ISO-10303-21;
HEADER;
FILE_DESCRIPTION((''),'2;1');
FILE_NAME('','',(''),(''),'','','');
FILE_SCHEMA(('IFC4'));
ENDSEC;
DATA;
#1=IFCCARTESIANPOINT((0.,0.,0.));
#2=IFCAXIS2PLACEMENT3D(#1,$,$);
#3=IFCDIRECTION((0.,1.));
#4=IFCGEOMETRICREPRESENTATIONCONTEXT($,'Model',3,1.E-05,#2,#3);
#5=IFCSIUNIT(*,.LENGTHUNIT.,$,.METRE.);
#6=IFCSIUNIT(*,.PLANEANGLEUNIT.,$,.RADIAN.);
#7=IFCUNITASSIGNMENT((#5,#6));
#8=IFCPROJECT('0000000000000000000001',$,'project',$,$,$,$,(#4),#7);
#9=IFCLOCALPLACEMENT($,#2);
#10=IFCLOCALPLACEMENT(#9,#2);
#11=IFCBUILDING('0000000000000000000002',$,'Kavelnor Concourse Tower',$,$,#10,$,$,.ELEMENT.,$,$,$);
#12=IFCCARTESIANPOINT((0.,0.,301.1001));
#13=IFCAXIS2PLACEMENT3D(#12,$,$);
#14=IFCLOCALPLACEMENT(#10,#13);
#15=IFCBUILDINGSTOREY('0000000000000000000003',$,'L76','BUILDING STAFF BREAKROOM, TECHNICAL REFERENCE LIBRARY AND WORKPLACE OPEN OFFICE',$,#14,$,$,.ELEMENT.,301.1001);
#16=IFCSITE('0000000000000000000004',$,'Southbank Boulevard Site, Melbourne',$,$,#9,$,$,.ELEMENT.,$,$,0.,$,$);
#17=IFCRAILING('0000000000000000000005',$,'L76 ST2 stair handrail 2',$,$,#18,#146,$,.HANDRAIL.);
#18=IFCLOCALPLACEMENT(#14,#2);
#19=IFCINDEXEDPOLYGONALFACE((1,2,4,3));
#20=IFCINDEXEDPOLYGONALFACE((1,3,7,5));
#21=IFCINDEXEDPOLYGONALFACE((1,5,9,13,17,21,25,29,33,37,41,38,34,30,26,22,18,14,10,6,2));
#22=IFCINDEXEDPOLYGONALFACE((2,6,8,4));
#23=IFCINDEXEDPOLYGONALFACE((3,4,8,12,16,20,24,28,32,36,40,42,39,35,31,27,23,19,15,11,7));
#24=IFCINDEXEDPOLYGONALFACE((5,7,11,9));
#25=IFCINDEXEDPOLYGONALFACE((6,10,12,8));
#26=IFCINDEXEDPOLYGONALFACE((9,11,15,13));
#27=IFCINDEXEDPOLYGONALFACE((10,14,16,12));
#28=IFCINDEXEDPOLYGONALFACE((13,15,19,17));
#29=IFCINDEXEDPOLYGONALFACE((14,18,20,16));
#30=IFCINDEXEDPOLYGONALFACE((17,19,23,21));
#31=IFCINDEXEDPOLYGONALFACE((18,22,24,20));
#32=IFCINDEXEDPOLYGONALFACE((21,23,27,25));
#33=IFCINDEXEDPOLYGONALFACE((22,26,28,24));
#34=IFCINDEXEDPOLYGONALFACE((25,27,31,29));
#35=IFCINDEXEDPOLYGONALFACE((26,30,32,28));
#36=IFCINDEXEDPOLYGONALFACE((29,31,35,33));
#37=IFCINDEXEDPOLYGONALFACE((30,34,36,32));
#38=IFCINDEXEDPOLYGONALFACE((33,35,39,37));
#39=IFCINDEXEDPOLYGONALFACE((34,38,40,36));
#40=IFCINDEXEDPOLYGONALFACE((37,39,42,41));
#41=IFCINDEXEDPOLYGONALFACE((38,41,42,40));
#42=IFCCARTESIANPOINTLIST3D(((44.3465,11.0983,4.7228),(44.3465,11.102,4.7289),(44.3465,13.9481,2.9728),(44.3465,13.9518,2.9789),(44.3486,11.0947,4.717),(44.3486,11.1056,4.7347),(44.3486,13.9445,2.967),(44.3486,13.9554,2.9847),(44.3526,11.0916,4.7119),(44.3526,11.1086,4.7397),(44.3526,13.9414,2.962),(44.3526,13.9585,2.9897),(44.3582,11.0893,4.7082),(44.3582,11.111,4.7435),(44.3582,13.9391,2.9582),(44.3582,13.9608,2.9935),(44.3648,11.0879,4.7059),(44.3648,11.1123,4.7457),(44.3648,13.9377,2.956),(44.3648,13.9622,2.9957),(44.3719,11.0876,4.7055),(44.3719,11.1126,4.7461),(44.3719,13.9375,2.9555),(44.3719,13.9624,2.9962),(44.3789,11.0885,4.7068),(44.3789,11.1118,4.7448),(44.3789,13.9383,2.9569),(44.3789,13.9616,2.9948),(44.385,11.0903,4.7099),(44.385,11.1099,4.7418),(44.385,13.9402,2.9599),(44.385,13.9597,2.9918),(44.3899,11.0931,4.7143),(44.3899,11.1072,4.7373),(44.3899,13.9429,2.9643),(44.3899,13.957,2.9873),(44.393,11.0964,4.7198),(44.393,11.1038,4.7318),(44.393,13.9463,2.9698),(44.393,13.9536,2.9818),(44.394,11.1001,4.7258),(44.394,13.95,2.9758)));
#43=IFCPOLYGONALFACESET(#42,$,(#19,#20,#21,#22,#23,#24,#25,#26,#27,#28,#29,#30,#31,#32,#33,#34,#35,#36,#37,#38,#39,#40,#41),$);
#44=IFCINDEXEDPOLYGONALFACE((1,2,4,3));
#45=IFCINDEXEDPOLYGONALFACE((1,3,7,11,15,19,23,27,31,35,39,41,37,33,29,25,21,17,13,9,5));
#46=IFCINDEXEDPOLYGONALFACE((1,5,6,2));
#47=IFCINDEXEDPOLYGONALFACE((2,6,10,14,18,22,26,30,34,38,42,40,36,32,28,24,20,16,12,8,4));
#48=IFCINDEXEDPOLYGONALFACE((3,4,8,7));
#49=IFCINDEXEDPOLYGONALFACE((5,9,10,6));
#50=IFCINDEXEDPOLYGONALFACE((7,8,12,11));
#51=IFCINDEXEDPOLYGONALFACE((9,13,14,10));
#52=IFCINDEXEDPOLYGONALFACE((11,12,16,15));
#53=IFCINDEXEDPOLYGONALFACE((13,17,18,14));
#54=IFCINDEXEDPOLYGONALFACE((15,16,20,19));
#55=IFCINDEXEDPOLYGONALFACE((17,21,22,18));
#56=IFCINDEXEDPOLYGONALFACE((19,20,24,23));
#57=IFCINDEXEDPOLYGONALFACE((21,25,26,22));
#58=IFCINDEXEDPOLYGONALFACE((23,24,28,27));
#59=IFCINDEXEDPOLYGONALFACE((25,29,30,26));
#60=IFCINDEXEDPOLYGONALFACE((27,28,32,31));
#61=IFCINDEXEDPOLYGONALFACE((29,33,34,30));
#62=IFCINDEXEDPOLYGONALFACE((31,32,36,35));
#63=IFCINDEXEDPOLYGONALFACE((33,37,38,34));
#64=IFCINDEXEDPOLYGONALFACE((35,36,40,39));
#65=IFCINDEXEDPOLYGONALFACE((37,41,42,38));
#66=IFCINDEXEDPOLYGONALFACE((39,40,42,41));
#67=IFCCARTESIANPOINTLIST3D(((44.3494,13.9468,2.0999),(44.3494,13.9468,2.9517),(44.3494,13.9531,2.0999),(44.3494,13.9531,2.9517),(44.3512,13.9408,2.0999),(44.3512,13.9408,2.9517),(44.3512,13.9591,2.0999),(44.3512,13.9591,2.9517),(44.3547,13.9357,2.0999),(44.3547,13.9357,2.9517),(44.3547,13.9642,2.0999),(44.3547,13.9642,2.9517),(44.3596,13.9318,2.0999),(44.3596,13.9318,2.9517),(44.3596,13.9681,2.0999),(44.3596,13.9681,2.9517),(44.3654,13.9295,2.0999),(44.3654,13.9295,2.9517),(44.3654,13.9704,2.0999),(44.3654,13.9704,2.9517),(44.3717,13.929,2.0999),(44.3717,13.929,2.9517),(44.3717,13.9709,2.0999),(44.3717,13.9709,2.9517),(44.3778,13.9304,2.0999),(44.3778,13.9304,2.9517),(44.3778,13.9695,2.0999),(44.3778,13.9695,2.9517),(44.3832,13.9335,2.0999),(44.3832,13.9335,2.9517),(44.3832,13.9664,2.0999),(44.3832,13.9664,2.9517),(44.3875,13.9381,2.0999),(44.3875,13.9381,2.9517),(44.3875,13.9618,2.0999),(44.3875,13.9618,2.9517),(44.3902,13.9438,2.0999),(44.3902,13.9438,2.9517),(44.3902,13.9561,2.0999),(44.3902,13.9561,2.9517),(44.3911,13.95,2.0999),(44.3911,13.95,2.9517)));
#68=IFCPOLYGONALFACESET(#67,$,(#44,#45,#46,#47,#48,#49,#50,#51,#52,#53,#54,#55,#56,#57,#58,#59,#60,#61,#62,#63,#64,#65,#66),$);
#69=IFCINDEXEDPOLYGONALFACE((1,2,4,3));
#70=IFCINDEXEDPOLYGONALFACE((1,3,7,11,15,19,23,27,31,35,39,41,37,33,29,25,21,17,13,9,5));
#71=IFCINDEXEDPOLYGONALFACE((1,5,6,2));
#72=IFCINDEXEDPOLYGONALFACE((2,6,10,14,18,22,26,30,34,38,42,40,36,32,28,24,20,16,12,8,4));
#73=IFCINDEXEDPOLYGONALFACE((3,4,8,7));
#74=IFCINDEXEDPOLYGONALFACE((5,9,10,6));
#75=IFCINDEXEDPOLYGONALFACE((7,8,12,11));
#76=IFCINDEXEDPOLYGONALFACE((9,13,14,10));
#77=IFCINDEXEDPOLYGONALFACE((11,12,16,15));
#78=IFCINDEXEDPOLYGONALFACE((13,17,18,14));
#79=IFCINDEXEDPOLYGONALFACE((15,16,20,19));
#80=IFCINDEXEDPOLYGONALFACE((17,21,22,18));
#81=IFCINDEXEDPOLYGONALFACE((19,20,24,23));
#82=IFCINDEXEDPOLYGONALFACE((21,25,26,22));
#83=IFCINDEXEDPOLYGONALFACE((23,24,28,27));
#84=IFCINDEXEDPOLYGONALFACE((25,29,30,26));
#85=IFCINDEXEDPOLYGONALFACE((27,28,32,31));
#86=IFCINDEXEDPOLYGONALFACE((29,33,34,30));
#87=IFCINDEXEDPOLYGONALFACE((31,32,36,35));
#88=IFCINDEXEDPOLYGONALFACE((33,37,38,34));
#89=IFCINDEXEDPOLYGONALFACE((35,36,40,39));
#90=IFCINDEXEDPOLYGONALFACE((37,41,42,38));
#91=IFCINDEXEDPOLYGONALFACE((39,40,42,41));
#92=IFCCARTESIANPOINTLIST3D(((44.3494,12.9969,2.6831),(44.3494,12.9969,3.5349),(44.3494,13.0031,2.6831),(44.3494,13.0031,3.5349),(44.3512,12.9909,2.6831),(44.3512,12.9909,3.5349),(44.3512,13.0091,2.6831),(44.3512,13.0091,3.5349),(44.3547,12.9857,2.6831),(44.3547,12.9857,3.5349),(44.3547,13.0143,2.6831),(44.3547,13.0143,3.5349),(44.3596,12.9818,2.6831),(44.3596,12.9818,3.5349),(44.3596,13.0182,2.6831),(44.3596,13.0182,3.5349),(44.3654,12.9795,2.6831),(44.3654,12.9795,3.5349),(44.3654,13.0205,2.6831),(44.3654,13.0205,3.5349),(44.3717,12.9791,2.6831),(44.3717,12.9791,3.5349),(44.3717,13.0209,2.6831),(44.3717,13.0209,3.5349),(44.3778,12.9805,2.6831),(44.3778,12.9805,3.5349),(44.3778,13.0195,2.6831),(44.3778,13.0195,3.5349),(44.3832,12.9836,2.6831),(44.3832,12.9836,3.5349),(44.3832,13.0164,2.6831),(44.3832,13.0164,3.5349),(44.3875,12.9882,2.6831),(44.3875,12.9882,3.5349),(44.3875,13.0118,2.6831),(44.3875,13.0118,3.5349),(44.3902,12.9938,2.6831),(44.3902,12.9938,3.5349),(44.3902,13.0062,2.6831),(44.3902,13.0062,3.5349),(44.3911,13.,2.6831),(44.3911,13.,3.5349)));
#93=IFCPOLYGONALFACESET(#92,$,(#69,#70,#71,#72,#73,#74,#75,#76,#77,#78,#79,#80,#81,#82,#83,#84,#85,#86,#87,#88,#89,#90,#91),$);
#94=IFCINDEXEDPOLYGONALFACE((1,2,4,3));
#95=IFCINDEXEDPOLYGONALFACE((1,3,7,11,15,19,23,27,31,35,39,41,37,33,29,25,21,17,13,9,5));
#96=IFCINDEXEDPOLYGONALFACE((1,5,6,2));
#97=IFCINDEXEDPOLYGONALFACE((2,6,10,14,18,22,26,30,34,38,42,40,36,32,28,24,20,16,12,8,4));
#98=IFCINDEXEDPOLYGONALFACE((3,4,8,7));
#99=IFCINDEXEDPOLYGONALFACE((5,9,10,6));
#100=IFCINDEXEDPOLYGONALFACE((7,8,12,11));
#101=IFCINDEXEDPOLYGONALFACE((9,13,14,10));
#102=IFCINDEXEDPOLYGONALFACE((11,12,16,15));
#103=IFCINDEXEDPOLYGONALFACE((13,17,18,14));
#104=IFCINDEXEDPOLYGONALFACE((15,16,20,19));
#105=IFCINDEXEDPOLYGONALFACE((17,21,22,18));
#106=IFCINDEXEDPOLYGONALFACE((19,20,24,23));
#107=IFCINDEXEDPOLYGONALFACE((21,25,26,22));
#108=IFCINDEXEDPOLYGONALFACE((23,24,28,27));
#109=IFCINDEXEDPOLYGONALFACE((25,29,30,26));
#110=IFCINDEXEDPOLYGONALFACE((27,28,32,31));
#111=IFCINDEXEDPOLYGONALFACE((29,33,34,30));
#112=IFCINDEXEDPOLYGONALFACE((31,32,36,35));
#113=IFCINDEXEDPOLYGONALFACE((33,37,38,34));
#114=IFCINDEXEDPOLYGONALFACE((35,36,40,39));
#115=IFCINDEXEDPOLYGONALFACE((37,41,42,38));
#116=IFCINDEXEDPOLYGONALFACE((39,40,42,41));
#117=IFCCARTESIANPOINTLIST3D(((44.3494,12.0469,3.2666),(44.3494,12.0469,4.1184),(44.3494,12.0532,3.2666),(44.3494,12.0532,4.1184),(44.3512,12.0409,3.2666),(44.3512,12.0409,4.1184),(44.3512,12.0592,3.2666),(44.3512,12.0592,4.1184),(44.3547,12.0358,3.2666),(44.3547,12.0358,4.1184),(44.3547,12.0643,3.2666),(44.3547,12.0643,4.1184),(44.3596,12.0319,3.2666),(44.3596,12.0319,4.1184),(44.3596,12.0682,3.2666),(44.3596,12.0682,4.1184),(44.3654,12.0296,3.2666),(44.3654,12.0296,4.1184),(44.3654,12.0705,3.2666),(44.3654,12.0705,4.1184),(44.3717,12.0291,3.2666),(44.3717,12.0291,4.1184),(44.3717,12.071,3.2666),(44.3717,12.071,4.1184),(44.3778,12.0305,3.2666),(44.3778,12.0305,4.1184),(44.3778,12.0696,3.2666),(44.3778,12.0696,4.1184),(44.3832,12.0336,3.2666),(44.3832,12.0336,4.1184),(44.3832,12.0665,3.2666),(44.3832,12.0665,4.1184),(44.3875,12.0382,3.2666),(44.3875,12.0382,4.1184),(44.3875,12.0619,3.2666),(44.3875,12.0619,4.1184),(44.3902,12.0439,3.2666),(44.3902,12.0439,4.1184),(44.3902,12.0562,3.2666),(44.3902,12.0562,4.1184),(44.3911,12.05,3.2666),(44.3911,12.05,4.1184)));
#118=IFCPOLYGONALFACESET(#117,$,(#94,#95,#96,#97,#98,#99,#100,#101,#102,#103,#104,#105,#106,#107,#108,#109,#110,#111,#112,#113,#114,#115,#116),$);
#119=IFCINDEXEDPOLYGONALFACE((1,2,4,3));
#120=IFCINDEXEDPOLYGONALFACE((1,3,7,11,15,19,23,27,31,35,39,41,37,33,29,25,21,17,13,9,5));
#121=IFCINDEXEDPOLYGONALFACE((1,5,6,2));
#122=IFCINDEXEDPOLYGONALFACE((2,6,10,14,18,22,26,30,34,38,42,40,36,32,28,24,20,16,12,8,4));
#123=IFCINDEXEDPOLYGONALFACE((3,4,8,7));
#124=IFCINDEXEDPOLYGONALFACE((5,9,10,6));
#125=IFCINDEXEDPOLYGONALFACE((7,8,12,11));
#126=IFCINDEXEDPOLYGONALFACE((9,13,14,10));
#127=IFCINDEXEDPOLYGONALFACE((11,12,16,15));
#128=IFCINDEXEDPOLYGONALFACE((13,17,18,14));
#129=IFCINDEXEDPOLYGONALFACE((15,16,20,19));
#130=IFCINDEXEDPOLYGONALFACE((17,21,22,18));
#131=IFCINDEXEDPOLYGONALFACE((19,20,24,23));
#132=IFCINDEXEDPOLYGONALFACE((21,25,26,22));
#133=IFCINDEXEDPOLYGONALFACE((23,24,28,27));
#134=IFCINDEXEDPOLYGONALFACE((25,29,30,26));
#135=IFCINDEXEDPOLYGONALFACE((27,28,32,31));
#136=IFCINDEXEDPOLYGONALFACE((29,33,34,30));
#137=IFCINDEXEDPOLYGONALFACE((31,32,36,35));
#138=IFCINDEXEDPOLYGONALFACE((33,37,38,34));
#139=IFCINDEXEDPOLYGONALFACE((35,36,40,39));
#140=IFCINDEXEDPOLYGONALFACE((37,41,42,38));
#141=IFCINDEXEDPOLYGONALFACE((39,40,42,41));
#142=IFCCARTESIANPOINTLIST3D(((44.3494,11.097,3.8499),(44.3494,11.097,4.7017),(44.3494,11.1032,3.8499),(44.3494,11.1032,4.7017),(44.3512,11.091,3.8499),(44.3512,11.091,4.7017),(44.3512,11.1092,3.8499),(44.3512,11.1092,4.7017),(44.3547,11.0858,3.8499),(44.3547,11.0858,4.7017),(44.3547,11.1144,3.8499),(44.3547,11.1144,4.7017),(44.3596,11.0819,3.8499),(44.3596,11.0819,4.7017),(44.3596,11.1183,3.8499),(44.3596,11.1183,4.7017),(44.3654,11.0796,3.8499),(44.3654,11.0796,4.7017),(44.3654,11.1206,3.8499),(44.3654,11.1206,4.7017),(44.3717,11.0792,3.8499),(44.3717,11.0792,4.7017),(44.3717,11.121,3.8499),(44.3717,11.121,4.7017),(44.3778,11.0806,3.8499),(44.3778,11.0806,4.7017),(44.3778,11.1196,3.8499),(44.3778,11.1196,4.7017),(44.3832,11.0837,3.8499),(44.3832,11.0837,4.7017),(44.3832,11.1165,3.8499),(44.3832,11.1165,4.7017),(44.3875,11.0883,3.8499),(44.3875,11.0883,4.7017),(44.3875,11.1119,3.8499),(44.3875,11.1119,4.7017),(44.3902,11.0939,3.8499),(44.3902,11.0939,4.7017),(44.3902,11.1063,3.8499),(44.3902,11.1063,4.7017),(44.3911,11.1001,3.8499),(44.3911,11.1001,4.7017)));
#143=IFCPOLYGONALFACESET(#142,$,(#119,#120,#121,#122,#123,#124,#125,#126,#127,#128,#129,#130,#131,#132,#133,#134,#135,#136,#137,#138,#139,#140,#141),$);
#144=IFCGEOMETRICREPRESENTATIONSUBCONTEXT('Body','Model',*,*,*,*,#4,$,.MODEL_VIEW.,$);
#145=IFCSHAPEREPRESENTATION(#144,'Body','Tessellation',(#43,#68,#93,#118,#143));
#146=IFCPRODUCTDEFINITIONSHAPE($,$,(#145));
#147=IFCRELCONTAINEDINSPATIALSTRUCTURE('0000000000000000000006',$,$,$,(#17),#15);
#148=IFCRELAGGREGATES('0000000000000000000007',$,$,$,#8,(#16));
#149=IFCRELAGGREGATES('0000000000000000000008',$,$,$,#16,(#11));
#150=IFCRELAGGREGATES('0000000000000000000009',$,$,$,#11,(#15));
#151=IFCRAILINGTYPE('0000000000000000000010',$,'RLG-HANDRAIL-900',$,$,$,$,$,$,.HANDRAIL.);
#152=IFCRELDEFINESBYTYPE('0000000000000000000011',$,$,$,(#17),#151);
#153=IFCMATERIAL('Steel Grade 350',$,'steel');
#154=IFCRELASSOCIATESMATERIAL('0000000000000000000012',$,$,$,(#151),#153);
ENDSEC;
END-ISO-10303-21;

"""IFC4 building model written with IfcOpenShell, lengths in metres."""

from ifc_helpers import new_model, si_unit, direction, frame, origin, origin_2d, place, context, subcontext, project, spatial, circle, extrude, material, type_object, element, save


model = new_model("IFC4")

# Units and contexts
model_context = context("Model", 3, precision=1e-05, world=origin(), true_north=direction((0.0, 1.0)))
body_context = subcontext(model_context, "Body", "Model", "MODEL_VIEW")
ifc_project = project(units=[si_unit("LENGTHUNIT", "METRE"), si_unit("PLANEANGLEUNIT", "RADIAN")], contexts=[model_context])

# Site, building, storey
site_placement = place(None, origin())
site = spatial("IfcSite", under=ifc_project, at=site_placement, Name="Southbank Boulevard Site, Melbourne", CompositionType="ELEMENT", RefElevation=0.0)
building_placement = place(site_placement, origin())
building = spatial("IfcBuilding", under=site, at=building_placement, Name="Kavelnor Concourse Tower", CompositionType="ELEMENT")
storey_placement = place(building_placement, frame((0.0, 0.0, 301.1001)))
storey = spatial("IfcBuildingStorey", under=building, at=storey_placement, Name="L76", Description="BUILDING STAFF BREAKROOM, TECHNICAL REFERENCE LIBRARY AND WORKPLACE OPEN OFFICE", CompositionType="ELEMENT", Elevation=301.1001)

# Shared definitions
ifc_material_1 = material(Name="Steel Grade 350", Category="steel")

# Railing
railing_type_1 = type_object("IfcRailingType", Name="RLG-HANDRAIL-900", PredefinedType="HANDRAIL", material=ifc_material_1)
railing_1_placement = place(storey_placement, frame((44.3701, 13.95, 2.0999)))
element("IfcRailing", 1, at=railing_1_placement, inside=storey, type_object=railing_type_1, Name="L76 ST2 stair handrail 2", PredefinedType="HANDRAIL", context=body_context, shape_type="SweptSolid", body=[
    extrude(circle(Radius=0.0239, at=origin_2d()), frame((0.0, 0.0, 0.876), z_axis=(0.0, -0.852159, 0.523283), x_axis=(1.0, 0.0, 0.0)), (0.0, 0.0, 1.0), 3.3442),
    extrude(circle(Radius=0.021, at=origin_2d()), origin(), (0.0, 0.0, 1.0), 0.8518),
    extrude(circle(Radius=0.021, at=origin_2d()), frame((0.0, -0.95, 0.5833)), (0.0, 0.0, 1.0), 0.8518),
    extrude(circle(Radius=0.021, at=origin_2d()), frame((0.0, -1.8999, 1.1667)), (0.0, 0.0, 1.0), 0.8518),
    extrude(circle(Radius=0.021, at=origin_2d()), frame((0.0, -2.8499, 1.75)), (0.0, 0.0, 1.0), 0.8518),
])

save(model, "model.ifc")
